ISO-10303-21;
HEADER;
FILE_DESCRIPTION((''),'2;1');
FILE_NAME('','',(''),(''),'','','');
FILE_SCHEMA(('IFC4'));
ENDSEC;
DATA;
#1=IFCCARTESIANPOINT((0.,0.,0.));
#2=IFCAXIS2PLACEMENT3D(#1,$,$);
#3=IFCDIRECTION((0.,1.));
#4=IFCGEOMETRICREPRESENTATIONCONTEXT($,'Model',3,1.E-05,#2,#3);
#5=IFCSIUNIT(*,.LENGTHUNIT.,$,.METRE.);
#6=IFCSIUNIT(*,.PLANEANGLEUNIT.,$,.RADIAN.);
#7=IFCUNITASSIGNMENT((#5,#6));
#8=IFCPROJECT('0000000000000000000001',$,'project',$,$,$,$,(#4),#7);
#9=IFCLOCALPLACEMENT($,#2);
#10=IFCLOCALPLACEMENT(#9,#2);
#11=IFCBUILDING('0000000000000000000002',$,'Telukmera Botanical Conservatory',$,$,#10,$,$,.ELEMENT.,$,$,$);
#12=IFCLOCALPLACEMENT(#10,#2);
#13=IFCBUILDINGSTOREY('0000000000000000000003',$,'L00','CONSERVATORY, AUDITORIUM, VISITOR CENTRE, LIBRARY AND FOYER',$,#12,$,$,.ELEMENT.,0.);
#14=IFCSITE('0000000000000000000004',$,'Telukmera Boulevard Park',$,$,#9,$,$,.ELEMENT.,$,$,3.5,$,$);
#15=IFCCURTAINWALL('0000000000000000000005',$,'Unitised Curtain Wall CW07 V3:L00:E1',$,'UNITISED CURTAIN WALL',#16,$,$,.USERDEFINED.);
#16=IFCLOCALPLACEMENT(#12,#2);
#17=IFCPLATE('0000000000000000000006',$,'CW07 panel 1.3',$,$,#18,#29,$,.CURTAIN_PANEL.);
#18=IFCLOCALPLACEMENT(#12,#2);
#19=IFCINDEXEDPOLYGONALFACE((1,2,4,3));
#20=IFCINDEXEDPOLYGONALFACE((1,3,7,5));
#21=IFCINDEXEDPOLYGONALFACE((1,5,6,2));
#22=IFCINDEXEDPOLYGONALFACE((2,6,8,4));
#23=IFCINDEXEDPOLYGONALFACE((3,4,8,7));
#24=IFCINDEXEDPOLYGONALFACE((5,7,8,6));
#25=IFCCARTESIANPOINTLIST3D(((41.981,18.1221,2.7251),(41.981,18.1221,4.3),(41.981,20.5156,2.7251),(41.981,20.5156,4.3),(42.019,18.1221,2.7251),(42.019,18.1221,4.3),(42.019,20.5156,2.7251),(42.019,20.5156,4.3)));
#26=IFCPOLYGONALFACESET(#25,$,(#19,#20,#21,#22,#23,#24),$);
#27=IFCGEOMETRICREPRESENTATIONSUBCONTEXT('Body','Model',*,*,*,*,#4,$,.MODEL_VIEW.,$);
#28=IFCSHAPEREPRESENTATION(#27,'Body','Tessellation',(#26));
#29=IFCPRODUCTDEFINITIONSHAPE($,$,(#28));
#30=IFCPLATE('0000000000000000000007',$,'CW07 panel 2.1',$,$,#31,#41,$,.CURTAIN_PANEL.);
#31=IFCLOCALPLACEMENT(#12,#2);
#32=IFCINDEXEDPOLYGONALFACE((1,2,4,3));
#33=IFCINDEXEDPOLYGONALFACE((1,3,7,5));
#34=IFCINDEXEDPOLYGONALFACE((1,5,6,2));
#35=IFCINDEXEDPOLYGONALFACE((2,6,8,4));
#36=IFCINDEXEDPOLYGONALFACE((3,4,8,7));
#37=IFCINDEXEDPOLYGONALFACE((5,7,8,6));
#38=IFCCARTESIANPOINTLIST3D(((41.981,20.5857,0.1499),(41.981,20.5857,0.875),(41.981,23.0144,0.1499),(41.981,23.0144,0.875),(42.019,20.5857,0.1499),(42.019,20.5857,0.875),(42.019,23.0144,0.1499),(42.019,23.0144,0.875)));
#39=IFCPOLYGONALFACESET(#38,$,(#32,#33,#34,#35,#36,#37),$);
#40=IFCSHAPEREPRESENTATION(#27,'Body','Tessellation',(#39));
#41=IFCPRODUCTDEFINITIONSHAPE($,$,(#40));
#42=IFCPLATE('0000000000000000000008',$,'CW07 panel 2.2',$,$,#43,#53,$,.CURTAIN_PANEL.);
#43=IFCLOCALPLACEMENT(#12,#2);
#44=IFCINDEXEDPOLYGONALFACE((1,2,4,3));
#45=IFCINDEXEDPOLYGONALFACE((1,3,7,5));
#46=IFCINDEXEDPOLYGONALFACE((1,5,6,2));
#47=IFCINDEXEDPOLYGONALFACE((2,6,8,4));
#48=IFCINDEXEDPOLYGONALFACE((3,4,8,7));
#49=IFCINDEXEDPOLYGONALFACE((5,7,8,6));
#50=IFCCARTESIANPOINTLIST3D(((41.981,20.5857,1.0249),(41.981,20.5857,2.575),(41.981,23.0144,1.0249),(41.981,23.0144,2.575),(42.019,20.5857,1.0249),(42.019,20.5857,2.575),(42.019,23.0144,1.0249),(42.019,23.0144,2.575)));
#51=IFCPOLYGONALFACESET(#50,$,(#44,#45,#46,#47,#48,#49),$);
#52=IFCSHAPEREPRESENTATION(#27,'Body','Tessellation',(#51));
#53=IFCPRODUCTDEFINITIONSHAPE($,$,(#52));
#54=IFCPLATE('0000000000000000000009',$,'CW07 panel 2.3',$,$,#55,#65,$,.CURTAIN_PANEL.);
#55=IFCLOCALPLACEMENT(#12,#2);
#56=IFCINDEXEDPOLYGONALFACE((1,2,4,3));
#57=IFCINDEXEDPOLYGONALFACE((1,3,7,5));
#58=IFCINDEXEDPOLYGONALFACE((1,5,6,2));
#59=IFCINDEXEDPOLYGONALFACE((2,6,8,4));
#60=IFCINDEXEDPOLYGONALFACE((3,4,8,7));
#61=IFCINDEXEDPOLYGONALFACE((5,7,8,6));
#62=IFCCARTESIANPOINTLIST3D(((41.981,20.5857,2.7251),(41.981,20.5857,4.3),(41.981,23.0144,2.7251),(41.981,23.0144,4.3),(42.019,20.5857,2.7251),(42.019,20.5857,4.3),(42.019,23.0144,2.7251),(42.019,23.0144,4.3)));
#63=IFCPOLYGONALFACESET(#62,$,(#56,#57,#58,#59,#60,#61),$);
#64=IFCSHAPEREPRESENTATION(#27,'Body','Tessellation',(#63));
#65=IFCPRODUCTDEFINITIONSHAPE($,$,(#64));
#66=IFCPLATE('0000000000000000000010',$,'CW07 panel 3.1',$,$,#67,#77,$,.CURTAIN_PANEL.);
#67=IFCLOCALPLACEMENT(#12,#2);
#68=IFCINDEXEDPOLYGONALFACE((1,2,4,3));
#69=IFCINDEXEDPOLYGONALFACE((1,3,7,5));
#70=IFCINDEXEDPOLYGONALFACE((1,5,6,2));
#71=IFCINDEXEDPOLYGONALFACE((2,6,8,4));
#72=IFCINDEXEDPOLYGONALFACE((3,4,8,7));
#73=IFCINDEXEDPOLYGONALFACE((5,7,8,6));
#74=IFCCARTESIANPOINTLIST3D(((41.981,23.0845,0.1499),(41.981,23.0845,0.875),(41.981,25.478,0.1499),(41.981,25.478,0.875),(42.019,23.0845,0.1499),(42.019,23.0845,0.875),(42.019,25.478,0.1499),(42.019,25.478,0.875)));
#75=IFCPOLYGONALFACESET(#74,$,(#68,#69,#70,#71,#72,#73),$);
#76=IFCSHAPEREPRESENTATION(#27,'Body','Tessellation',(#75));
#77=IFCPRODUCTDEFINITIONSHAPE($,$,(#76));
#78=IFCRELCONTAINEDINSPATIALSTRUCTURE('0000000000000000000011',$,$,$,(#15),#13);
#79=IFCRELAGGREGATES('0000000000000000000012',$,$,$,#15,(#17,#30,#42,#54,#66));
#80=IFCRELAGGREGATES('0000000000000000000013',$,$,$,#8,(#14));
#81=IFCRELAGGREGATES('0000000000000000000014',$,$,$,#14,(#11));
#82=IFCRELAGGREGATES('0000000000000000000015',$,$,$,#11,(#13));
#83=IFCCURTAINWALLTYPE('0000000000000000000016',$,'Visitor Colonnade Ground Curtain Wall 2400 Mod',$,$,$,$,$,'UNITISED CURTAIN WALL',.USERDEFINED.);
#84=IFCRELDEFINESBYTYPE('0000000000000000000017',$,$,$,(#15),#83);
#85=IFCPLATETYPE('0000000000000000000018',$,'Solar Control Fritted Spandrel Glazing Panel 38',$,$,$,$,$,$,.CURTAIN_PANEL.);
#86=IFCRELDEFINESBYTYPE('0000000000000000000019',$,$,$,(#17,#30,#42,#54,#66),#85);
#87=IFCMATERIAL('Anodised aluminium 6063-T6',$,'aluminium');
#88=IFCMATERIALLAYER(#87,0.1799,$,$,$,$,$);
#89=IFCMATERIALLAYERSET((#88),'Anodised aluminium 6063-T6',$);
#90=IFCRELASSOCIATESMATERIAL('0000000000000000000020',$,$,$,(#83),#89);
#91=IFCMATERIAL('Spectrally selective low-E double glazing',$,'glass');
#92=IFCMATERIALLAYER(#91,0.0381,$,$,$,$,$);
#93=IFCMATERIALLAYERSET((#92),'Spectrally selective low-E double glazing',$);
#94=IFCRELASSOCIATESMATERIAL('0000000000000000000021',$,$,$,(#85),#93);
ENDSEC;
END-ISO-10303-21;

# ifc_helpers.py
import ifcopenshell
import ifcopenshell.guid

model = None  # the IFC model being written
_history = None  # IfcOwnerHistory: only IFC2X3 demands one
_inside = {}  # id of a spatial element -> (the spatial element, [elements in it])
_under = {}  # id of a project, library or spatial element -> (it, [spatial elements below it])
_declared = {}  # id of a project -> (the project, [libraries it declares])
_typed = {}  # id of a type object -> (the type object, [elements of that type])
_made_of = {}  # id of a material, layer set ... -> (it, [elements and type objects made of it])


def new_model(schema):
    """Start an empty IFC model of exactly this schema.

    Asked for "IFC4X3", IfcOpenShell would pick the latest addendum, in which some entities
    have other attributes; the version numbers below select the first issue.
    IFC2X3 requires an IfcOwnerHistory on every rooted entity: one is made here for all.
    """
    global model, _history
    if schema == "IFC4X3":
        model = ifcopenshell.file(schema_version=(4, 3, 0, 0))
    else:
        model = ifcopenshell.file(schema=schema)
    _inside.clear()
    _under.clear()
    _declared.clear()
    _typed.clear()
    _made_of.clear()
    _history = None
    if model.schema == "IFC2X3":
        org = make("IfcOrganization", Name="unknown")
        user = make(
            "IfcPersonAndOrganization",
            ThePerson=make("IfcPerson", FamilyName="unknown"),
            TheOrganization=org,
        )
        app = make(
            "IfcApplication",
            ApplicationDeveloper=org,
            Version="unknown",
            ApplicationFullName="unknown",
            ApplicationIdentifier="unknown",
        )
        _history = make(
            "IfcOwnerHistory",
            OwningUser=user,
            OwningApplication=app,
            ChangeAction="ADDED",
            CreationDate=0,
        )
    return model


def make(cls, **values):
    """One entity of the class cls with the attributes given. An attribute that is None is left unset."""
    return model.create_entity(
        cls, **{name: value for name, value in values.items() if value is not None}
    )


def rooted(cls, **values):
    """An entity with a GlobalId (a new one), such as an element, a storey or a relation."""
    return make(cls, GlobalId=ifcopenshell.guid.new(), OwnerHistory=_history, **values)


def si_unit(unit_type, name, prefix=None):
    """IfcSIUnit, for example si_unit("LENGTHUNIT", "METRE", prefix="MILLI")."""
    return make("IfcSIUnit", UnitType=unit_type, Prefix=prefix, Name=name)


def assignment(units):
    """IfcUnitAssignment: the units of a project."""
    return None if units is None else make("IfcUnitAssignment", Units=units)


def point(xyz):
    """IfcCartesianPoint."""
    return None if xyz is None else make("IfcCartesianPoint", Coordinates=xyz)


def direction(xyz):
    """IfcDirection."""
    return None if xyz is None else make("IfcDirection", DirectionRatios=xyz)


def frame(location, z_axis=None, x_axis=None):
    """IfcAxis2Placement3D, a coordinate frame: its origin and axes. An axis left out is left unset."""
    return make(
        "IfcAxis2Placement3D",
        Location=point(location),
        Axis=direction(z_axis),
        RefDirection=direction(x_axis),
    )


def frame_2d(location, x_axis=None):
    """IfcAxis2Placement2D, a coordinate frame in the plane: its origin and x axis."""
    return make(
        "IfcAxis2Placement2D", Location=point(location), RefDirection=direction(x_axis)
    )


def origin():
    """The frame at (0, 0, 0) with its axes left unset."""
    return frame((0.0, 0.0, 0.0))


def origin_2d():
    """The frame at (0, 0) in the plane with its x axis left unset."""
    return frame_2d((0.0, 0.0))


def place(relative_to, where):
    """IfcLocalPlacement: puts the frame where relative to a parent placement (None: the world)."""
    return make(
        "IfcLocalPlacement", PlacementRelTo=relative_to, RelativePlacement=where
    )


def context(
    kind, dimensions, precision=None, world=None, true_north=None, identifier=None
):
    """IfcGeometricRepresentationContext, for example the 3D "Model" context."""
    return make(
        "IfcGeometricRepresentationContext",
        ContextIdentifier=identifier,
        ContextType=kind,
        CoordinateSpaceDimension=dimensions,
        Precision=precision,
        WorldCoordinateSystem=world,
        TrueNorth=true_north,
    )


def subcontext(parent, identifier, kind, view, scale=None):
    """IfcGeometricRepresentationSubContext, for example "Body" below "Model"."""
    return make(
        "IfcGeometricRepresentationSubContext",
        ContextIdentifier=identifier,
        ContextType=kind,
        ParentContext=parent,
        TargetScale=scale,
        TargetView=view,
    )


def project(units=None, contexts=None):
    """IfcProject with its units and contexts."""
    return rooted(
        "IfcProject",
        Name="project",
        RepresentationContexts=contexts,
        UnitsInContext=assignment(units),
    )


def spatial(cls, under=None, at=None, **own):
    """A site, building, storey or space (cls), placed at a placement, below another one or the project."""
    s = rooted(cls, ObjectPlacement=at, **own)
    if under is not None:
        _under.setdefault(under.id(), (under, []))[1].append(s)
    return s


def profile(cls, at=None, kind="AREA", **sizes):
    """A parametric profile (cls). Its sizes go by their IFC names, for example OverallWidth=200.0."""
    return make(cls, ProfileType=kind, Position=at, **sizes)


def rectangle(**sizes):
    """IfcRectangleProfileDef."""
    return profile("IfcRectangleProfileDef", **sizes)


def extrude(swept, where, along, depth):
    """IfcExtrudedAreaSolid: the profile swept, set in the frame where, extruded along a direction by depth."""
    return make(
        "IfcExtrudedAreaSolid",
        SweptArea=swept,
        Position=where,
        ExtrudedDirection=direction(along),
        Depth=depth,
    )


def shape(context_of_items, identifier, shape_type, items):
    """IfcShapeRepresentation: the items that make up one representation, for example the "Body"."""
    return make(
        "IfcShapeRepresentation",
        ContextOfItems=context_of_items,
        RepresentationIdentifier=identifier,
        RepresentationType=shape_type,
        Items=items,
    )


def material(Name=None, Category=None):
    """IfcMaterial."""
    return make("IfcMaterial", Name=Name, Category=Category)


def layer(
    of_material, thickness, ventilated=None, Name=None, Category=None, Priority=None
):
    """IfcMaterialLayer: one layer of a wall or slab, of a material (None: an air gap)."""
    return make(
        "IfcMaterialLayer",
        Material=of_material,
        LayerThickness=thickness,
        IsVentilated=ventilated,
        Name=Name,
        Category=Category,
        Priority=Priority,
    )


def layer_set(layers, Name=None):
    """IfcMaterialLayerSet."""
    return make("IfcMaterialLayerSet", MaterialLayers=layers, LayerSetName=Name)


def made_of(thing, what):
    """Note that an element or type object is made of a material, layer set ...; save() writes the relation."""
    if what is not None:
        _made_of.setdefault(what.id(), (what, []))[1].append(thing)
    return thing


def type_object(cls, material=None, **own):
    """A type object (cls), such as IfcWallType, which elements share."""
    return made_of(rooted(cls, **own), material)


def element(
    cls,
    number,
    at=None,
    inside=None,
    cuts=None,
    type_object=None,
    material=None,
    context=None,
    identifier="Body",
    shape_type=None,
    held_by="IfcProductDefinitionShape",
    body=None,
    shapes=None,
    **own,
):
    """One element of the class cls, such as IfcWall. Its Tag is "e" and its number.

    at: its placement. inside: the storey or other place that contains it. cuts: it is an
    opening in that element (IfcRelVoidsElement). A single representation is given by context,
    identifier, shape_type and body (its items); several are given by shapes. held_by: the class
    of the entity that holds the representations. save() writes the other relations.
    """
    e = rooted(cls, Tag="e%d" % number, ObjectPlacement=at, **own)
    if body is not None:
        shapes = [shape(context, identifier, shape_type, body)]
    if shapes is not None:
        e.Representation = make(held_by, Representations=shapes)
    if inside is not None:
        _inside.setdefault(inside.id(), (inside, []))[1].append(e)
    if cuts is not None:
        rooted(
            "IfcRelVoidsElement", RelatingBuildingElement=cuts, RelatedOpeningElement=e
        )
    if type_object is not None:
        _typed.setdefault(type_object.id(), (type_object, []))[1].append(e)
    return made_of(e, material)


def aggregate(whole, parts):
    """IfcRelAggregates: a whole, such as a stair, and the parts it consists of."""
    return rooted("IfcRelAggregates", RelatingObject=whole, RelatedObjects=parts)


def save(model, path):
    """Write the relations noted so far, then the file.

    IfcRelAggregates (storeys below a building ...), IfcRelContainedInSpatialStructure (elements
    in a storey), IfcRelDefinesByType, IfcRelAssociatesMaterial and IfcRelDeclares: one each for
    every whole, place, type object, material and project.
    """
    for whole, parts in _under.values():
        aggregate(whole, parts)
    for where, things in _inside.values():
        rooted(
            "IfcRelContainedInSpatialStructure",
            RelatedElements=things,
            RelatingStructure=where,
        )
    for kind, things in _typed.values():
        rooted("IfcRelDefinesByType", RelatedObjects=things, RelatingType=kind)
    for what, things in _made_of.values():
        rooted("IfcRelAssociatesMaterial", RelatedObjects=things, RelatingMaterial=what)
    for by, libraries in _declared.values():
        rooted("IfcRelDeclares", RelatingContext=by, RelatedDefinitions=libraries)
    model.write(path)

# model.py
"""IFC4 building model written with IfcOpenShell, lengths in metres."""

from ifc_helpers import new_model, si_unit, direction, frame, origin, origin_2d, place, context, subcontext, project, spatial, rectangle, extrude, material, layer, layer_set, type_object, element, aggregate, save


model = new_model("IFC4")

# Units and contexts
model_context = context("Model", 3, precision=1e-05, world=origin(), true_north=direction((0.0, 1.0)))
body_context = subcontext(model_context, "Body", "Model", "MODEL_VIEW")
ifc_project = project(units=[si_unit("LENGTHUNIT", "METRE"), si_unit("PLANEANGLEUNIT", "RADIAN")], contexts=[model_context])

# Site, building, storey
site_placement = place(None, origin())
site = spatial("IfcSite", under=ifc_project, at=site_placement, Name="Telukmera Boulevard Park", CompositionType="ELEMENT", RefElevation=3.5)
building_placement = place(site_placement, origin())
building = spatial("IfcBuilding", under=site, at=building_placement, Name="Telukmera Botanical Conservatory", CompositionType="ELEMENT")
storey_placement = place(building_placement, origin())
storey = spatial("IfcBuildingStorey", under=building, at=storey_placement, Name="L00", Description="CONSERVATORY, AUDITORIUM, VISITOR CENTRE, LIBRARY AND FOYER", CompositionType="ELEMENT", Elevation=0.0)

# Curtain wall, plates
ifc_material_1 = material(Name="Anodised aluminium 6063-T6", Category="aluminium")
ifc_layer_1 = layer(ifc_material_1, 0.1799)
ifc_layer_set_1 = layer_set([ifc_layer_1], Name="Anodised aluminium 6063-T6")
curtain_wall_type = type_object("IfcCurtainWallType", Name="Visitor Colonnade Ground Curtain Wall 2400 Mod", ElementType="UNITISED CURTAIN WALL", PredefinedType="USERDEFINED", material=ifc_layer_set_1)
curtain_wall_placement = place(storey_placement, origin())
curtain_wall = element("IfcCurtainWall", 1, at=curtain_wall_placement, inside=storey, type_object=curtain_wall_type, Name="Unitised Curtain Wall CW07 V3:L00:E1", ObjectType="UNITISED CURTAIN WALL", PredefinedType="USERDEFINED")
ifc_material_2 = material(Name="Spectrally selective low-E double glazing", Category="glass")
ifc_layer_2 = layer(ifc_material_2, 0.0381)
ifc_layer_set_2 = layer_set([ifc_layer_2], Name="Spectrally selective low-E double glazing")
plate_type = type_object("IfcPlateType", Name="Solar Control Fritted Spandrel Glazing Panel 38", PredefinedType="CURTAIN_PANEL", material=ifc_layer_set_2)
plate_1_placement = place(storey_placement, frame((42.0, 19.3188, 2.7251), z_axis=(0.0, 0.0, 1.0), x_axis=(0.0, 1.0, 0.0)))
plate_1 = element("IfcPlate", 2, at=plate_1_placement, type_object=plate_type, Name="CW07 panel 1.3", PredefinedType="CURTAIN_PANEL", context=body_context, shape_type="SweptSolid", body=[
    extrude(rectangle(XDim=2.3936, YDim=0.0381, at=origin_2d()), origin(), (0.0, 0.0, 1.0), 1.575),
])
plate_2_placement = place(storey_placement, frame((42.0, 21.8, 0.1499), z_axis=(0.0, 0.0, 1.0), x_axis=(0.0, 1.0, 0.0)))
plate_2 = element("IfcPlate", 3, at=plate_2_placement, type_object=plate_type, Name="CW07 panel 2.1", PredefinedType="CURTAIN_PANEL", context=body_context, shape_type="SweptSolid", body=[
    extrude(rectangle(XDim=2.4287, YDim=0.0381, at=origin_2d()), origin(), (0.0, 0.0, 1.0), 0.7251),
])
plate_3_placement = place(storey_placement, frame((42.0, 21.8, 1.0249), z_axis=(0.0, 0.0, 1.0), x_axis=(0.0, 1.0, 0.0)))
plate_3 = element("IfcPlate", 4, at=plate_3_placement, type_object=plate_type, Name="CW07 panel 2.2", PredefinedType="CURTAIN_PANEL", context=body_context, shape_type="SweptSolid", body=[
    extrude(rectangle(XDim=2.4287, YDim=0.0381, at=origin_2d()), origin(), (0.0, 0.0, 1.0), 1.55),
])
plate_4_placement = place(storey_placement, frame((42.0, 21.8, 2.7251), z_axis=(0.0, 0.0, 1.0), x_axis=(0.0, 1.0, 0.0)))
plate_4 = element("IfcPlate", 5, at=plate_4_placement, type_object=plate_type, Name="CW07 panel 2.3", PredefinedType="CURTAIN_PANEL", context=body_context, shape_type="SweptSolid", body=[
    extrude(rectangle(XDim=2.4287, YDim=0.0381, at=origin_2d()), origin(), (0.0, 0.0, 1.0), 1.575),
])
plate_5_placement = place(storey_placement, frame((42.0, 24.2812, 0.1499), z_axis=(0.0, 0.0, 1.0), x_axis=(0.0, 1.0, 0.0)))
plate_5 = element("IfcPlate", 6, at=plate_5_placement, type_object=plate_type, Name="CW07 panel 3.1", PredefinedType="CURTAIN_PANEL", context=body_context, shape_type="SweptSolid", body=[
    extrude(rectangle(XDim=2.3936, YDim=0.0381, at=origin_2d()), origin(), (0.0, 0.0, 1.0), 0.7251),
])
aggregate(curtain_wall, [plate_1, plate_2, plate_3, plate_4, plate_5])

save(model, "model.ifc")
